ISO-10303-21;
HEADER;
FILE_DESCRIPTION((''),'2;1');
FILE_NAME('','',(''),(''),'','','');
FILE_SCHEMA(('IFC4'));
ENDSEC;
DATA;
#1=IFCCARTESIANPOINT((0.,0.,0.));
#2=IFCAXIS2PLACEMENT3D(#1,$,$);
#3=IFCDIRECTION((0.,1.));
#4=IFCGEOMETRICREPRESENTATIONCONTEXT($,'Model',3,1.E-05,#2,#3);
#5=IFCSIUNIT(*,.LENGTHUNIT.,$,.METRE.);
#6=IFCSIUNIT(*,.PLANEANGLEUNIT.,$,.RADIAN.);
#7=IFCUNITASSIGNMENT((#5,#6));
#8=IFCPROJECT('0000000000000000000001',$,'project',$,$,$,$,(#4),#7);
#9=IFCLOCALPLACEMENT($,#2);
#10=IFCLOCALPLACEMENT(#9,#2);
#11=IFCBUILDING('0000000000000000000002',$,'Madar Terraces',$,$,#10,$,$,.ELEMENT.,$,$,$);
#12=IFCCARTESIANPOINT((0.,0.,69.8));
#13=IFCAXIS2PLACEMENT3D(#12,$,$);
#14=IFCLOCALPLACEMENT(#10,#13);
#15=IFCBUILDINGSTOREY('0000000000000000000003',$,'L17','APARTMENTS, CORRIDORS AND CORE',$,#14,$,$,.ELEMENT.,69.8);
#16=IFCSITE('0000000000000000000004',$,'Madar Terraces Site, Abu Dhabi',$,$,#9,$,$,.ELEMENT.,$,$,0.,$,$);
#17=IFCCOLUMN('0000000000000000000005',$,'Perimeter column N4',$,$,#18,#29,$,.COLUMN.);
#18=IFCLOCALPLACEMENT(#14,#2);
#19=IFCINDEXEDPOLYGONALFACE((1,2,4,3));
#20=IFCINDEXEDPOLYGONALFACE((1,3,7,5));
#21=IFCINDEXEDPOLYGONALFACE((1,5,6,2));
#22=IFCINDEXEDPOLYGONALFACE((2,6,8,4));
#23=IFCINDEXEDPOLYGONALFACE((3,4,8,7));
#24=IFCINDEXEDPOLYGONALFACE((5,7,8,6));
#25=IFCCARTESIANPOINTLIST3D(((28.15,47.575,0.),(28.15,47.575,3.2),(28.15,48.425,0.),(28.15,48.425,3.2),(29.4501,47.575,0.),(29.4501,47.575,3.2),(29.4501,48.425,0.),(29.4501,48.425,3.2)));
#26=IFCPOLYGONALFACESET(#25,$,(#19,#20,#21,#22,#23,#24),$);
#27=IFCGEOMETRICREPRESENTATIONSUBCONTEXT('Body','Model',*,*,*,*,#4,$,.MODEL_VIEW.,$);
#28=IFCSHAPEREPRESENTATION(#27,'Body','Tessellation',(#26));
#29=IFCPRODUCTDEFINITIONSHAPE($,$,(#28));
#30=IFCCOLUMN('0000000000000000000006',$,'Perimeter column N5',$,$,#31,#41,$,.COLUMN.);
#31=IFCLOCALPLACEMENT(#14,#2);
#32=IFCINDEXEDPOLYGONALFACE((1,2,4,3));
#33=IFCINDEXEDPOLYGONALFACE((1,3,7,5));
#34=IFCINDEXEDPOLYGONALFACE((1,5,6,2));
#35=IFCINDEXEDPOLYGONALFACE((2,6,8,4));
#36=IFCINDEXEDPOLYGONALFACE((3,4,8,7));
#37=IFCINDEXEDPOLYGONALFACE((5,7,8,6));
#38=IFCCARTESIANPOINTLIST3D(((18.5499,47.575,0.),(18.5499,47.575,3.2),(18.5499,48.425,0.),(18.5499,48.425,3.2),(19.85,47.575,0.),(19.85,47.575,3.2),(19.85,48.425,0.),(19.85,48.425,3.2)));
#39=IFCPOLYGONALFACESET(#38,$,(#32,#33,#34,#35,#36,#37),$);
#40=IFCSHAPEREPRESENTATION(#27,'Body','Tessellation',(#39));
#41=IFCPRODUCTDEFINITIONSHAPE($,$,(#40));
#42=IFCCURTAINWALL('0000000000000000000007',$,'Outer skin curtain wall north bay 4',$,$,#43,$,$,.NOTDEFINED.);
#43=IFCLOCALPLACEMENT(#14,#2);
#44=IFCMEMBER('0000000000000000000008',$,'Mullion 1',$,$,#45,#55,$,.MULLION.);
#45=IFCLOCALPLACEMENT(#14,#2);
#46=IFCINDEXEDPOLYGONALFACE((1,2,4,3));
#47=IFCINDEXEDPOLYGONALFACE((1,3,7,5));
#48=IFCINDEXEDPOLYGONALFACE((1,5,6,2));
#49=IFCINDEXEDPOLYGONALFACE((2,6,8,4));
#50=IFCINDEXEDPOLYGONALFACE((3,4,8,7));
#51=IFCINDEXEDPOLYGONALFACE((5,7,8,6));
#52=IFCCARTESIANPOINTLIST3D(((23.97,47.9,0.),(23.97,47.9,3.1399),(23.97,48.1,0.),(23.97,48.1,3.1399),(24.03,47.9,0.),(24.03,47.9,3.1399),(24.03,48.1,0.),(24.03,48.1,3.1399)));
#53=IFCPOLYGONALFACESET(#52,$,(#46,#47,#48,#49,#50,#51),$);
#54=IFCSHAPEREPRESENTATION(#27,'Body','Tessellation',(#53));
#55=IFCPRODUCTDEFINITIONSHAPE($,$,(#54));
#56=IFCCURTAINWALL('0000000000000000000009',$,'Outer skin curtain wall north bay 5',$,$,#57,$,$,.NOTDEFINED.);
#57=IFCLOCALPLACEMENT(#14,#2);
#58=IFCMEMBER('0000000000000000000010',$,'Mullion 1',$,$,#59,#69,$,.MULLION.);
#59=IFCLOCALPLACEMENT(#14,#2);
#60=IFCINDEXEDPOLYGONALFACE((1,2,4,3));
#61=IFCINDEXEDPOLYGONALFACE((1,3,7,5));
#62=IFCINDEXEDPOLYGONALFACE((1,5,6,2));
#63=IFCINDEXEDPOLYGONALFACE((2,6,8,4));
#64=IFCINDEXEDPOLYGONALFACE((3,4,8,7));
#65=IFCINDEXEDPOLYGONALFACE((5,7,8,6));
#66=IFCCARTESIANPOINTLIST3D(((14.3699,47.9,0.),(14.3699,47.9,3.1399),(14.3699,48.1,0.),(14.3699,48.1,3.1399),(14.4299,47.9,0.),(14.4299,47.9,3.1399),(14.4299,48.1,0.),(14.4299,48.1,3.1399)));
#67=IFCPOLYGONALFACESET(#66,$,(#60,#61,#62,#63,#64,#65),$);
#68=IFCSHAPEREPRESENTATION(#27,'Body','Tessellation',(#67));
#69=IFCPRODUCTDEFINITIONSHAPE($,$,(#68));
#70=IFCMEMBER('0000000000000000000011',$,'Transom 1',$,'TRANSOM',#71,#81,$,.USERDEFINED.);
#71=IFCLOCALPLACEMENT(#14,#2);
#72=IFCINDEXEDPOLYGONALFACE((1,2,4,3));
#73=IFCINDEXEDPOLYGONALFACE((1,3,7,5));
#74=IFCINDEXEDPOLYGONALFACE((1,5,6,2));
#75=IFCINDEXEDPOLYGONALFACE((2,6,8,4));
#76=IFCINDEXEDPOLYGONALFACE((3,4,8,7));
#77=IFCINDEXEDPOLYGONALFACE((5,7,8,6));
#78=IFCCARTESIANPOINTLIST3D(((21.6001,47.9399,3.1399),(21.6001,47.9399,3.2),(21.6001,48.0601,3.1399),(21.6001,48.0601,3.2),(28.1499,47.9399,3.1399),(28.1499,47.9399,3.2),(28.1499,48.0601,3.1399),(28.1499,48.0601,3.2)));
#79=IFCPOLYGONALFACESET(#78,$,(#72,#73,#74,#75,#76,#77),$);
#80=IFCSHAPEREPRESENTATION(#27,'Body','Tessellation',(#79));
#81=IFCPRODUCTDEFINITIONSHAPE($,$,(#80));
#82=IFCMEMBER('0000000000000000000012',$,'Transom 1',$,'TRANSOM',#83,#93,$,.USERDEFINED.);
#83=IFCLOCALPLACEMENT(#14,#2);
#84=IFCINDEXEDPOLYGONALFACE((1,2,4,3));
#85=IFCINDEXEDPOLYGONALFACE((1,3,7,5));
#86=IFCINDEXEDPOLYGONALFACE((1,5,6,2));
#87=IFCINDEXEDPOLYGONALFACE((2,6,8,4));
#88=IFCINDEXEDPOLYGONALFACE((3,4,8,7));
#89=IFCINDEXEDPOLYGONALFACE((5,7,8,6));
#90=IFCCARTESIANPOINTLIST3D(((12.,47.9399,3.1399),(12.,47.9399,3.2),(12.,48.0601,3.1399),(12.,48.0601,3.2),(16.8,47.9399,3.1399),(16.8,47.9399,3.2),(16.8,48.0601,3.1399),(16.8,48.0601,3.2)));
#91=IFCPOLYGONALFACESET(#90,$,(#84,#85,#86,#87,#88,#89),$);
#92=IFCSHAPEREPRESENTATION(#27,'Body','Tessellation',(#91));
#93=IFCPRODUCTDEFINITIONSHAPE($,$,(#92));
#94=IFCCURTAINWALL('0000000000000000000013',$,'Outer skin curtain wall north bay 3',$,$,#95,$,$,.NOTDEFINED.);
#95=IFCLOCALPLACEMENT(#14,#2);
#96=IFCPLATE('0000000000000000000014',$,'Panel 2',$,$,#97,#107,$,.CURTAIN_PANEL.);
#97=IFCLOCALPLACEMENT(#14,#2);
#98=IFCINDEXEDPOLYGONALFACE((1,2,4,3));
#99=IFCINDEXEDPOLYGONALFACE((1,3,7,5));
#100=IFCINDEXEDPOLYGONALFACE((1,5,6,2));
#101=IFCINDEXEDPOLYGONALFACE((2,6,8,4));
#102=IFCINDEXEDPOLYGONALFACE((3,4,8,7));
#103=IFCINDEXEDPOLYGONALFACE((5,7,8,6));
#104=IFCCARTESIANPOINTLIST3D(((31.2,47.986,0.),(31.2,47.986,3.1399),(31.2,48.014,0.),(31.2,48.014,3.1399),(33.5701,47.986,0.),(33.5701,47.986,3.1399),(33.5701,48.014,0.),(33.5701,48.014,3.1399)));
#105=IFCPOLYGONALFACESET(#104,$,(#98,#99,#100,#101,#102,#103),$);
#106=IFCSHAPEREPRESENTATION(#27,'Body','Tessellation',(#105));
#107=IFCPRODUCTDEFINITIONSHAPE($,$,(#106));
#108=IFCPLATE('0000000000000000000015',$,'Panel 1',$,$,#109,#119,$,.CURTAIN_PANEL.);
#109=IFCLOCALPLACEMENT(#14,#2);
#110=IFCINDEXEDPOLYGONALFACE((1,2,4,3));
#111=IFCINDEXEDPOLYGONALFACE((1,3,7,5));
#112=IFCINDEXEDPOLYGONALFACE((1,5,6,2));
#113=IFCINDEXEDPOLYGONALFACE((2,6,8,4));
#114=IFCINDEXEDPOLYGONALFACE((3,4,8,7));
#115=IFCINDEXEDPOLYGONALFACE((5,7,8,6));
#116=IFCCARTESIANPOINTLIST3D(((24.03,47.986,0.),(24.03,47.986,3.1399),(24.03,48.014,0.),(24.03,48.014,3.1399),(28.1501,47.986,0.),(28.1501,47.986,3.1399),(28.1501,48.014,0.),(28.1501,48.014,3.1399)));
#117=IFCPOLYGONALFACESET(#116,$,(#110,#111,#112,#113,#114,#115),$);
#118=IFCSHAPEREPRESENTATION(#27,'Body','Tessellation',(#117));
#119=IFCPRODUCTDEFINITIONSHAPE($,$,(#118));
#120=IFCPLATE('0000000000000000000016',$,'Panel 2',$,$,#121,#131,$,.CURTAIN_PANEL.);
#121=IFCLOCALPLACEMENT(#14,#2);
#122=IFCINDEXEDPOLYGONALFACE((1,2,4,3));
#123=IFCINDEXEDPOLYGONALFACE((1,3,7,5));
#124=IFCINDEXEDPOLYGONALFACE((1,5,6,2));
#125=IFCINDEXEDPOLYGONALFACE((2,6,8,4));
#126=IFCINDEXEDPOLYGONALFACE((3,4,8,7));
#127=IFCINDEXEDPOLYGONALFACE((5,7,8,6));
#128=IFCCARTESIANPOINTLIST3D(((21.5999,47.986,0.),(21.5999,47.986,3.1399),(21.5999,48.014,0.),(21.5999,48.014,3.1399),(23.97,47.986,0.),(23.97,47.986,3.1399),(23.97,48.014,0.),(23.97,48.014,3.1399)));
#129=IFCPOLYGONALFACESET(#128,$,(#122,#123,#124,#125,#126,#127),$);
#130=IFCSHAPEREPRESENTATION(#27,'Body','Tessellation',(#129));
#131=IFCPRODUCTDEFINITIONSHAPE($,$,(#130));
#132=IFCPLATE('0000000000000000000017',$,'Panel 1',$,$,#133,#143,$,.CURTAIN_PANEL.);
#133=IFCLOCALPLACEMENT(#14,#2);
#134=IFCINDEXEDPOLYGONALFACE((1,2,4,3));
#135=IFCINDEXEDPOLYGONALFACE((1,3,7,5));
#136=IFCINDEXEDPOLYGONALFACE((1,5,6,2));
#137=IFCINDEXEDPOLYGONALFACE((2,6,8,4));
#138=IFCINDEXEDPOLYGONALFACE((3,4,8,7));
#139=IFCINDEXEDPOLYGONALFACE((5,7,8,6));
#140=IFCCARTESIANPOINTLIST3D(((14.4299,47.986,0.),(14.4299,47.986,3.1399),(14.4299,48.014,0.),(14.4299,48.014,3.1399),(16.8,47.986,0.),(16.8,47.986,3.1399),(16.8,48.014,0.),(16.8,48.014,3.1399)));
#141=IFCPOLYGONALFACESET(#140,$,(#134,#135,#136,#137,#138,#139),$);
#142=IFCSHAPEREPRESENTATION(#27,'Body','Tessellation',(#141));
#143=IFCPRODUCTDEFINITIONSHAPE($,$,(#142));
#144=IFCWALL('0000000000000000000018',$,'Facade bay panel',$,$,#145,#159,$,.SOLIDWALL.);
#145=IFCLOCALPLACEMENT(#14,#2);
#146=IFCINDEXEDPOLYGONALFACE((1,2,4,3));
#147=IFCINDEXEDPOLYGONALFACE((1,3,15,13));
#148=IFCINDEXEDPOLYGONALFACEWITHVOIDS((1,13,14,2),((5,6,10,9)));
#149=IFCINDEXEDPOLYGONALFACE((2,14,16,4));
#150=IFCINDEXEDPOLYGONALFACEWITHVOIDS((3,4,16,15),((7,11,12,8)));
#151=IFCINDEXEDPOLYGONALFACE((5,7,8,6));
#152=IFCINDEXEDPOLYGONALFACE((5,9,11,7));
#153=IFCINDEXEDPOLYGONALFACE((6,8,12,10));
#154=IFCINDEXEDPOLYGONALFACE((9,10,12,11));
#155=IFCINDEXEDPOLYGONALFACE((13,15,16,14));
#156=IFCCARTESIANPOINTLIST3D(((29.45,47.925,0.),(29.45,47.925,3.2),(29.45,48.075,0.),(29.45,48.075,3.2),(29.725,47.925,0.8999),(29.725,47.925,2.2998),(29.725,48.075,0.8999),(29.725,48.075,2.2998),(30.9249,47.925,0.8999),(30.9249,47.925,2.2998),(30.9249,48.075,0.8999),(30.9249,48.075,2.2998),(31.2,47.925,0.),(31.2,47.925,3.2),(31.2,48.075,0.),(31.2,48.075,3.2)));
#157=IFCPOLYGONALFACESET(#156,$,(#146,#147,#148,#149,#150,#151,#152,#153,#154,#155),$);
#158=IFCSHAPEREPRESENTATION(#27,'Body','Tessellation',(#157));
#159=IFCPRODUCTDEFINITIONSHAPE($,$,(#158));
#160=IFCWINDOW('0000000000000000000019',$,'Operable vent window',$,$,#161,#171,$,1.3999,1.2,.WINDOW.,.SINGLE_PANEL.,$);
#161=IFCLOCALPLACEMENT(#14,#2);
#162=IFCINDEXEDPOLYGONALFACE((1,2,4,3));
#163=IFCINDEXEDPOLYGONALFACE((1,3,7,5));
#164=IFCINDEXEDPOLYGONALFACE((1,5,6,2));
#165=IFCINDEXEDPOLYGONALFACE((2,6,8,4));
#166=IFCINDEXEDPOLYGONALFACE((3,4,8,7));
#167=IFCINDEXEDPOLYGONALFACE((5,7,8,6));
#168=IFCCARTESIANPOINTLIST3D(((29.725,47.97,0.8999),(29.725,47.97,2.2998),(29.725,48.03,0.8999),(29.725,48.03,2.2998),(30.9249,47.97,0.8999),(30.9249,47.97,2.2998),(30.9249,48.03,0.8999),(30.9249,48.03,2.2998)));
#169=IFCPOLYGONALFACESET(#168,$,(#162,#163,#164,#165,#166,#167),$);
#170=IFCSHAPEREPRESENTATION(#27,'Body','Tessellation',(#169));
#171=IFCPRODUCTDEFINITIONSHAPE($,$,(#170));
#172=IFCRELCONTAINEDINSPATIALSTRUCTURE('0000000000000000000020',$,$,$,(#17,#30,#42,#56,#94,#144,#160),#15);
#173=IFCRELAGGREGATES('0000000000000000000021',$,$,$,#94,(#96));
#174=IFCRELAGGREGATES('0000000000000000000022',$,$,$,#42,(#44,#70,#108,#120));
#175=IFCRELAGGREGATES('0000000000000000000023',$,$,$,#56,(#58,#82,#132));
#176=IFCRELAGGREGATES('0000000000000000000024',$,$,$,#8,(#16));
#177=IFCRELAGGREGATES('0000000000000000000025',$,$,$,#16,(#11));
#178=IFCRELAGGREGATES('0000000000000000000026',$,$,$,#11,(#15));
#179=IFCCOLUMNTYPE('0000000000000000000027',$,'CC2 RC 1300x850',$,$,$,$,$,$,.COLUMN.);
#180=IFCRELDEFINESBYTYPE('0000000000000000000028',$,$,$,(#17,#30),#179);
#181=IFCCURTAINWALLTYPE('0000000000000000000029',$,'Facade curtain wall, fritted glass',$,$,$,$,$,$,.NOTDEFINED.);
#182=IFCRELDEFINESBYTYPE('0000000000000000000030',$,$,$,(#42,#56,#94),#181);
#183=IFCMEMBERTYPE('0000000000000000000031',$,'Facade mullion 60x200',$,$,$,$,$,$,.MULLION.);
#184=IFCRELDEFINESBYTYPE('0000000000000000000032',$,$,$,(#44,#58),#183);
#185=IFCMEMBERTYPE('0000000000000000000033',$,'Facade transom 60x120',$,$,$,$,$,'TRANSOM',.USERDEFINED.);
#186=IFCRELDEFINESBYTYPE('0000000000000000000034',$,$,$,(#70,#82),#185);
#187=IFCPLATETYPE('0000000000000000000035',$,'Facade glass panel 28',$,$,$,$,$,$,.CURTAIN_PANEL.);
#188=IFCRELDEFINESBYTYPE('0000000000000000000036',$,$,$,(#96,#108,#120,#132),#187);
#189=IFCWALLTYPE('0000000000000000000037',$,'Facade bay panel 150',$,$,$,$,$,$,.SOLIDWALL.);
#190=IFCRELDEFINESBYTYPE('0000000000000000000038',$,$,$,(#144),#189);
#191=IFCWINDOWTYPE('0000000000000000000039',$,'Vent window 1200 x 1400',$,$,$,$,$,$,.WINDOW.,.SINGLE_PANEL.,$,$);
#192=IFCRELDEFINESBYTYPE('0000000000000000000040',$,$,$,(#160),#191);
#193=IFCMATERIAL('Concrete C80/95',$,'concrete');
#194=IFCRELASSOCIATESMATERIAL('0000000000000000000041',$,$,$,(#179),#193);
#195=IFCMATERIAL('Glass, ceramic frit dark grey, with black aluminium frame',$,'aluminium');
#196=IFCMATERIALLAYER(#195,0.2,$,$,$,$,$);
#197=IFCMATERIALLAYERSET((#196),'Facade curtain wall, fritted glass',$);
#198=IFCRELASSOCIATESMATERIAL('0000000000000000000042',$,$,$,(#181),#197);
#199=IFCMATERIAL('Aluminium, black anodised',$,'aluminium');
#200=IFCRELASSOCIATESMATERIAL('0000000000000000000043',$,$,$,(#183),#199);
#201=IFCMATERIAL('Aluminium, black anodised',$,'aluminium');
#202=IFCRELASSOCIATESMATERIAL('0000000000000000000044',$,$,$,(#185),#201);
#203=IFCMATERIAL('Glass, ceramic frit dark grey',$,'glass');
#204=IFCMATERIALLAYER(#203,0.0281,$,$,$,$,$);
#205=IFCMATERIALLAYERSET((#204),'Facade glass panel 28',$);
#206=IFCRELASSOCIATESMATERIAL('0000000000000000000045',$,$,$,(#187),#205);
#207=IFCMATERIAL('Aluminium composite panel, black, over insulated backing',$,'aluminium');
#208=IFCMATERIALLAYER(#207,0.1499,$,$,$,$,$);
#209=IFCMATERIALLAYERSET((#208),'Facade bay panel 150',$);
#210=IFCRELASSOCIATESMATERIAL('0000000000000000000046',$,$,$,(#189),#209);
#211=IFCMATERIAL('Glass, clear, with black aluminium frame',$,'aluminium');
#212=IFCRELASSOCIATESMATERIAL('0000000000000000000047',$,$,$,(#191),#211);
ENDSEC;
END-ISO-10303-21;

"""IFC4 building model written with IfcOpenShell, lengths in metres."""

from ifc_helpers import new_model, si_unit, direction, frame, frame_2d, origin, origin_2d, place, context, subcontext, project, spatial, rectangle, extrude, material, layer, layer_set, material_profile, profile_set, type_object, element, fill, aggregate, save


model = new_model("IFC4")

# Units and contexts
model_context = context("Model", 3, precision=1e-05, world=origin(), true_north=direction((0.0, 1.0)))
body_context = subcontext(model_context, "Body", "Model", "MODEL_VIEW")
ifc_project = project(units=[si_unit("LENGTHUNIT", "METRE"), si_unit("PLANEANGLEUNIT", "RADIAN")], contexts=[model_context])

# Site, building, storey
site_placement = place(None, origin())
site = spatial("IfcSite", under=ifc_project, at=site_placement, Name="Madar Terraces Site, Abu Dhabi", CompositionType="ELEMENT", RefElevation=0.0)
building_placement = place(site_placement, origin())
building = spatial("IfcBuilding", under=site, at=building_placement, Name="Madar Terraces", CompositionType="ELEMENT")
storey_placement = place(building_placement, frame((0.0, 0.0, 69.8)))
storey = spatial("IfcBuildingStorey", under=building, at=storey_placement, Name="L17", Description="APARTMENTS, CORRIDORS AND CORE", CompositionType="ELEMENT", Elevation=69.8)

# Columns
ifc_material_1 = material(Name="Concrete C80/95", Category="concrete")
ifc_material_profile_1 = material_profile(ifc_material_1, rectangle(XDim=1.3, YDim=0.8501, at=origin_2d()), Name="CC2 RC 1300x850")
ifc_profile_set_1 = profile_set([ifc_material_profile_1], Name="Concrete C80/95")
column_type = type_object("IfcColumnType", Name="CC2 RC 1300x850", PredefinedType="COLUMN", material=ifc_profile_set_1)
for number, where, z_axis, x_axis, name in (
    (1, (28.8, 48.0, 0.0), (0.0, 0.0, 1.0), (1.0, 0.0, 0.0), "Perimeter column N4"),
    (2, (19.2, 48.0, 0.0), (0.0, 0.0, 1.0), (1.0, 0.0, 0.0), "Perimeter column N5"),
):
    element("IfcColumn", number, at=place(storey_placement, frame(where, z_axis=z_axis, x_axis=x_axis)), inside=storey, type_object=column_type, Name=name, PredefinedType="COLUMN", context=body_context, shape_type="SweptSolid", body=[
        extrude(rectangle(XDim=1.3, YDim=0.8501, at=origin_2d()), origin(), (0.0, 0.0, 1.0), 3.2),
    ])

# Curtain walls, members
ifc_material_2 = material(Name="Glass, ceramic frit dark grey, with black aluminium frame", Category="aluminium")
ifc_layer_1 = layer(ifc_material_2, 0.2)
ifc_layer_set_1 = layer_set([ifc_layer_1], Name="Facade curtain wall, fritted glass")
curtain_wall_type = type_object("IfcCurtainWallType", Name="Facade curtain wall, fritted glass", PredefinedType="NOTDEFINED", material=ifc_layer_set_1)
curtain_wall_1_placement = place(storey_placement, origin())
curtain_wall_1 = element("IfcCurtainWall", 3, at=curtain_wall_1_placement, inside=storey, type_object=curtain_wall_type, Name="Outer skin curtain wall north bay 4", PredefinedType="NOTDEFINED")
ifc_material_3 = material(Name="Aluminium, black anodised", Category="aluminium")
ifc_material_profile_2 = material_profile(ifc_material_3, rectangle(XDim=0.2, YDim=0.0601, at=origin_2d()), Name="Facade mullion 60x200")
ifc_profile_set_2 = profile_set([ifc_material_profile_2], Name="Aluminium, black anodised")
member_type_1 = type_object("IfcMemberType", Name="Facade mullion 60x200", PredefinedType="MULLION", material=ifc_profile_set_2)
member_1_placement = place(storey_placement, frame((24.0, 48.0, 0.0), z_axis=(0.0, 0.0, 1.0), x_axis=(0.0, -1.0, 0.0)))
member_1 = element("IfcMember", 4, at=member_1_placement, type_object=member_type_1, Name="Mullion 1", PredefinedType="MULLION", context=body_context, shape_type="SweptSolid", body=[
    extrude(rectangle(XDim=0.2, YDim=0.0601, at=origin_2d()), origin(), (0.0, 0.0, 1.0), 3.1399),
])
curtain_wall_2_placement = place(storey_placement, origin())
curtain_wall_2 = element("IfcCurtainWall", 5, at=curtain_wall_2_placement, inside=storey, type_object=curtain_wall_type, Name="Outer skin curtain wall north bay 5", PredefinedType="NOTDEFINED")
member_2_placement = place(storey_placement, frame((14.3999, 48.0, 0.0), z_axis=(0.0, 0.0, 1.0), x_axis=(0.0, -1.0, 0.0)))
member_2 = element("IfcMember", 6, at=member_2_placement, type_object=member_type_1, Name="Mullion 1", PredefinedType="MULLION", context=body_context, shape_type="SweptSolid", body=[
    extrude(rectangle(XDim=0.2, YDim=0.0601, at=origin_2d()), origin(), (0.0, 0.0, 1.0), 3.1399),
])

# Members
ifc_material_4 = material(Name="Aluminium, black anodised", Category="aluminium")
ifc_material_profile_3 = material_profile(ifc_material_4, rectangle(XDim=0.1201, YDim=0.0601, at=origin_2d()), Name="Facade transom 60x120")
ifc_profile_set_3 = profile_set([ifc_material_profile_3], Name="Aluminium, black anodised")
member_type_2 = type_object("IfcMemberType", Name="Facade transom 60x120", ElementType="TRANSOM", PredefinedType="USERDEFINED", material=ifc_profile_set_3)
member_3_placement = place(storey_placement, frame((28.1499, 48.0, 3.1699), z_axis=(-1.0, 0.0, 0.0), x_axis=(0.0, -1.0, 0.0)))
member_3 = element("IfcMember", 7, at=member_3_placement, type_object=member_type_2, Name="Transom 1", ObjectType="TRANSOM", PredefinedType="USERDEFINED", context=body_context, shape_type="SweptSolid", body=[
    extrude(rectangle(XDim=0.1201, YDim=0.0601, at=origin_2d()), origin(), (0.0, 0.0, 1.0), 6.5498),
])
member_4_placement = place(storey_placement, frame((16.8, 48.0, 3.1699), z_axis=(-1.0, 0.0, 0.0), x_axis=(0.0, -1.0, 0.0)))
member_4 = element("IfcMember", 8, at=member_4_placement, type_object=member_type_2, Name="Transom 1", ObjectType="TRANSOM", PredefinedType="USERDEFINED", context=body_context, shape_type="SweptSolid", body=[
    extrude(rectangle(XDim=0.1201, YDim=0.0601, at=origin_2d()), origin(), (0.0, 0.0, 1.0), 4.8),
])

# Curtain wall, plate
curtain_wall_3_placement = place(storey_placement, origin())
curtain_wall_3 = element("IfcCurtainWall", 9, at=curtain_wall_3_placement, inside=storey, type_object=curtain_wall_type, Name="Outer skin curtain wall north bay 3", PredefinedType="NOTDEFINED")
ifc_material_5 = material(Name="Glass, ceramic frit dark grey", Category="glass")
ifc_layer_2 = layer(ifc_material_5, 0.0281)
ifc_layer_set_2 = layer_set([ifc_layer_2], Name="Facade glass panel 28")
plate_type = type_object("IfcPlateType", Name="Facade glass panel 28", PredefinedType="CURTAIN_PANEL", material=ifc_layer_set_2)
plate_1_placement = place(storey_placement, frame((32.385, 48.0, 0.0), z_axis=(0.0, 0.0, 1.0), x_axis=(-1.0, 0.0, 0.0)))
plate_1 = element("IfcPlate", 10, at=plate_1_placement, type_object=plate_type, Name="Panel 2", PredefinedType="CURTAIN_PANEL", context=body_context, shape_type="SweptSolid", body=[
    extrude(rectangle(XDim=2.3701, YDim=0.0281, at=origin_2d()), origin(), (0.0, 0.0, 1.0), 3.1399),
])
aggregate(curtain_wall_3, [plate_1])

# Plates
plate_2_placement = place(storey_placement, frame((26.0901, 48.0, 0.0), z_axis=(0.0, 0.0, 1.0), x_axis=(-1.0, 0.0, 0.0)))
plate_2 = element("IfcPlate", 11, at=plate_2_placement, type_object=plate_type, Name="Panel 1", PredefinedType="CURTAIN_PANEL", context=body_context, shape_type="SweptSolid", body=[
    extrude(rectangle(XDim=4.1201, YDim=0.0281, at=origin_2d()), origin(), (0.0, 0.0, 1.0), 3.1399),
])
plate_3_placement = place(storey_placement, frame((22.7849, 48.0, 0.0), z_axis=(0.0, 0.0, 1.0), x_axis=(-1.0, 0.0, 0.0)))
plate_3 = element("IfcPlate", 12, at=plate_3_placement, type_object=plate_type, Name="Panel 2", PredefinedType="CURTAIN_PANEL", context=body_context, shape_type="SweptSolid", body=[
    extrude(rectangle(XDim=2.3701, YDim=0.0281, at=origin_2d()), origin(), (0.0, 0.0, 1.0), 3.1399),
])
aggregate(curtain_wall_1, [member_1, member_3, plate_2, plate_3])
plate_4_placement = place(storey_placement, frame((15.615, 48.0, 0.0), z_axis=(0.0, 0.0, 1.0), x_axis=(-1.0, 0.0, 0.0)))
plate_4 = element("IfcPlate", 13, at=plate_4_placement, type_object=plate_type, Name="Panel 1", PredefinedType="CURTAIN_PANEL", context=body_context, shape_type="SweptSolid", body=[
    extrude(rectangle(XDim=2.3701, YDim=0.0281, at=origin_2d()), origin(), (0.0, 0.0, 1.0), 3.1399),
])
aggregate(curtain_wall_2, [member_2, member_4, plate_4])

# Wall, opening, window
ifc_material_6 = material(Name="Aluminium composite panel, black, over insulated backing", Category="aluminium")
ifc_layer_3 = layer(ifc_material_6, 0.1499)
ifc_layer_set_3 = layer_set([ifc_layer_3], Name="Facade bay panel 150")
wall_type_1 = type_object("IfcWallType", Name="Facade bay panel 150", PredefinedType="SOLIDWALL", material=ifc_layer_set_3)
wall_1_placement = place(storey_placement, frame((31.2, 48.0, 0.0), z_axis=(0.0, 0.0, 1.0), x_axis=(-1.0, 0.0, 0.0)))
wall_1 = element("IfcWall", 14, at=wall_1_placement, inside=storey, type_object=wall_type_1, Name="Facade bay panel", PredefinedType="SOLIDWALL", context=body_context, shape_type="SweptSolid", body=[
    extrude(rectangle(XDim=1.75, YDim=0.1499, at=frame_2d((0.875, 0.0))), origin(), (0.0, 0.0, 1.0), 3.2),
])
opening_1_placement = place(wall_1_placement, frame((0.2749, 0.0, 0.8999)))
opening_1 = element("IfcOpeningElement", 15, at=opening_1_placement, cuts=wall_1, PredefinedType="OPENING", context=body_context, shape_type="SweptSolid", body=[
    extrude(rectangle(XDim=1.2, YDim=1.3999, at=frame_2d((0.6001, 0.7))), frame((0.0, 0.085, 0.0), z_axis=(0.0, -1.0, 0.0), x_axis=(1.0, 0.0, 0.0)), (0.0, 0.0, 1.0), 0.1699),
])
ifc_material_7 = material(Name="Glass, clear, with black aluminium frame", Category="aluminium")
window_type = type_object("IfcWindowType", Name="Vent window 1200 x 1400", PartitioningType="SINGLE_PANEL", PredefinedType="WINDOW", material=ifc_material_7)
window_1_placement = place(opening_1_placement, origin())
window_1 = element("IfcWindow", 16, at=window_1_placement, inside=storey, type_object=window_type, Name="Operable vent window", OverallHeight=1.3999, OverallWidth=1.2, PartitioningType="SINGLE_PANEL", PredefinedType="WINDOW", context=body_context, shape_type="SweptSolid", body=[
    extrude(rectangle(XDim=1.2, YDim=1.3999, at=frame_2d((0.6001, 0.7))), frame((0.0, 0.03, 0.0), z_axis=(0.0, -1.0, 0.0), x_axis=(1.0, 0.0, 0.0)), (0.0, 0.0, 1.0), 0.0601),
])
fill(opening_1, window_1)

save(model, "model.ifc")
